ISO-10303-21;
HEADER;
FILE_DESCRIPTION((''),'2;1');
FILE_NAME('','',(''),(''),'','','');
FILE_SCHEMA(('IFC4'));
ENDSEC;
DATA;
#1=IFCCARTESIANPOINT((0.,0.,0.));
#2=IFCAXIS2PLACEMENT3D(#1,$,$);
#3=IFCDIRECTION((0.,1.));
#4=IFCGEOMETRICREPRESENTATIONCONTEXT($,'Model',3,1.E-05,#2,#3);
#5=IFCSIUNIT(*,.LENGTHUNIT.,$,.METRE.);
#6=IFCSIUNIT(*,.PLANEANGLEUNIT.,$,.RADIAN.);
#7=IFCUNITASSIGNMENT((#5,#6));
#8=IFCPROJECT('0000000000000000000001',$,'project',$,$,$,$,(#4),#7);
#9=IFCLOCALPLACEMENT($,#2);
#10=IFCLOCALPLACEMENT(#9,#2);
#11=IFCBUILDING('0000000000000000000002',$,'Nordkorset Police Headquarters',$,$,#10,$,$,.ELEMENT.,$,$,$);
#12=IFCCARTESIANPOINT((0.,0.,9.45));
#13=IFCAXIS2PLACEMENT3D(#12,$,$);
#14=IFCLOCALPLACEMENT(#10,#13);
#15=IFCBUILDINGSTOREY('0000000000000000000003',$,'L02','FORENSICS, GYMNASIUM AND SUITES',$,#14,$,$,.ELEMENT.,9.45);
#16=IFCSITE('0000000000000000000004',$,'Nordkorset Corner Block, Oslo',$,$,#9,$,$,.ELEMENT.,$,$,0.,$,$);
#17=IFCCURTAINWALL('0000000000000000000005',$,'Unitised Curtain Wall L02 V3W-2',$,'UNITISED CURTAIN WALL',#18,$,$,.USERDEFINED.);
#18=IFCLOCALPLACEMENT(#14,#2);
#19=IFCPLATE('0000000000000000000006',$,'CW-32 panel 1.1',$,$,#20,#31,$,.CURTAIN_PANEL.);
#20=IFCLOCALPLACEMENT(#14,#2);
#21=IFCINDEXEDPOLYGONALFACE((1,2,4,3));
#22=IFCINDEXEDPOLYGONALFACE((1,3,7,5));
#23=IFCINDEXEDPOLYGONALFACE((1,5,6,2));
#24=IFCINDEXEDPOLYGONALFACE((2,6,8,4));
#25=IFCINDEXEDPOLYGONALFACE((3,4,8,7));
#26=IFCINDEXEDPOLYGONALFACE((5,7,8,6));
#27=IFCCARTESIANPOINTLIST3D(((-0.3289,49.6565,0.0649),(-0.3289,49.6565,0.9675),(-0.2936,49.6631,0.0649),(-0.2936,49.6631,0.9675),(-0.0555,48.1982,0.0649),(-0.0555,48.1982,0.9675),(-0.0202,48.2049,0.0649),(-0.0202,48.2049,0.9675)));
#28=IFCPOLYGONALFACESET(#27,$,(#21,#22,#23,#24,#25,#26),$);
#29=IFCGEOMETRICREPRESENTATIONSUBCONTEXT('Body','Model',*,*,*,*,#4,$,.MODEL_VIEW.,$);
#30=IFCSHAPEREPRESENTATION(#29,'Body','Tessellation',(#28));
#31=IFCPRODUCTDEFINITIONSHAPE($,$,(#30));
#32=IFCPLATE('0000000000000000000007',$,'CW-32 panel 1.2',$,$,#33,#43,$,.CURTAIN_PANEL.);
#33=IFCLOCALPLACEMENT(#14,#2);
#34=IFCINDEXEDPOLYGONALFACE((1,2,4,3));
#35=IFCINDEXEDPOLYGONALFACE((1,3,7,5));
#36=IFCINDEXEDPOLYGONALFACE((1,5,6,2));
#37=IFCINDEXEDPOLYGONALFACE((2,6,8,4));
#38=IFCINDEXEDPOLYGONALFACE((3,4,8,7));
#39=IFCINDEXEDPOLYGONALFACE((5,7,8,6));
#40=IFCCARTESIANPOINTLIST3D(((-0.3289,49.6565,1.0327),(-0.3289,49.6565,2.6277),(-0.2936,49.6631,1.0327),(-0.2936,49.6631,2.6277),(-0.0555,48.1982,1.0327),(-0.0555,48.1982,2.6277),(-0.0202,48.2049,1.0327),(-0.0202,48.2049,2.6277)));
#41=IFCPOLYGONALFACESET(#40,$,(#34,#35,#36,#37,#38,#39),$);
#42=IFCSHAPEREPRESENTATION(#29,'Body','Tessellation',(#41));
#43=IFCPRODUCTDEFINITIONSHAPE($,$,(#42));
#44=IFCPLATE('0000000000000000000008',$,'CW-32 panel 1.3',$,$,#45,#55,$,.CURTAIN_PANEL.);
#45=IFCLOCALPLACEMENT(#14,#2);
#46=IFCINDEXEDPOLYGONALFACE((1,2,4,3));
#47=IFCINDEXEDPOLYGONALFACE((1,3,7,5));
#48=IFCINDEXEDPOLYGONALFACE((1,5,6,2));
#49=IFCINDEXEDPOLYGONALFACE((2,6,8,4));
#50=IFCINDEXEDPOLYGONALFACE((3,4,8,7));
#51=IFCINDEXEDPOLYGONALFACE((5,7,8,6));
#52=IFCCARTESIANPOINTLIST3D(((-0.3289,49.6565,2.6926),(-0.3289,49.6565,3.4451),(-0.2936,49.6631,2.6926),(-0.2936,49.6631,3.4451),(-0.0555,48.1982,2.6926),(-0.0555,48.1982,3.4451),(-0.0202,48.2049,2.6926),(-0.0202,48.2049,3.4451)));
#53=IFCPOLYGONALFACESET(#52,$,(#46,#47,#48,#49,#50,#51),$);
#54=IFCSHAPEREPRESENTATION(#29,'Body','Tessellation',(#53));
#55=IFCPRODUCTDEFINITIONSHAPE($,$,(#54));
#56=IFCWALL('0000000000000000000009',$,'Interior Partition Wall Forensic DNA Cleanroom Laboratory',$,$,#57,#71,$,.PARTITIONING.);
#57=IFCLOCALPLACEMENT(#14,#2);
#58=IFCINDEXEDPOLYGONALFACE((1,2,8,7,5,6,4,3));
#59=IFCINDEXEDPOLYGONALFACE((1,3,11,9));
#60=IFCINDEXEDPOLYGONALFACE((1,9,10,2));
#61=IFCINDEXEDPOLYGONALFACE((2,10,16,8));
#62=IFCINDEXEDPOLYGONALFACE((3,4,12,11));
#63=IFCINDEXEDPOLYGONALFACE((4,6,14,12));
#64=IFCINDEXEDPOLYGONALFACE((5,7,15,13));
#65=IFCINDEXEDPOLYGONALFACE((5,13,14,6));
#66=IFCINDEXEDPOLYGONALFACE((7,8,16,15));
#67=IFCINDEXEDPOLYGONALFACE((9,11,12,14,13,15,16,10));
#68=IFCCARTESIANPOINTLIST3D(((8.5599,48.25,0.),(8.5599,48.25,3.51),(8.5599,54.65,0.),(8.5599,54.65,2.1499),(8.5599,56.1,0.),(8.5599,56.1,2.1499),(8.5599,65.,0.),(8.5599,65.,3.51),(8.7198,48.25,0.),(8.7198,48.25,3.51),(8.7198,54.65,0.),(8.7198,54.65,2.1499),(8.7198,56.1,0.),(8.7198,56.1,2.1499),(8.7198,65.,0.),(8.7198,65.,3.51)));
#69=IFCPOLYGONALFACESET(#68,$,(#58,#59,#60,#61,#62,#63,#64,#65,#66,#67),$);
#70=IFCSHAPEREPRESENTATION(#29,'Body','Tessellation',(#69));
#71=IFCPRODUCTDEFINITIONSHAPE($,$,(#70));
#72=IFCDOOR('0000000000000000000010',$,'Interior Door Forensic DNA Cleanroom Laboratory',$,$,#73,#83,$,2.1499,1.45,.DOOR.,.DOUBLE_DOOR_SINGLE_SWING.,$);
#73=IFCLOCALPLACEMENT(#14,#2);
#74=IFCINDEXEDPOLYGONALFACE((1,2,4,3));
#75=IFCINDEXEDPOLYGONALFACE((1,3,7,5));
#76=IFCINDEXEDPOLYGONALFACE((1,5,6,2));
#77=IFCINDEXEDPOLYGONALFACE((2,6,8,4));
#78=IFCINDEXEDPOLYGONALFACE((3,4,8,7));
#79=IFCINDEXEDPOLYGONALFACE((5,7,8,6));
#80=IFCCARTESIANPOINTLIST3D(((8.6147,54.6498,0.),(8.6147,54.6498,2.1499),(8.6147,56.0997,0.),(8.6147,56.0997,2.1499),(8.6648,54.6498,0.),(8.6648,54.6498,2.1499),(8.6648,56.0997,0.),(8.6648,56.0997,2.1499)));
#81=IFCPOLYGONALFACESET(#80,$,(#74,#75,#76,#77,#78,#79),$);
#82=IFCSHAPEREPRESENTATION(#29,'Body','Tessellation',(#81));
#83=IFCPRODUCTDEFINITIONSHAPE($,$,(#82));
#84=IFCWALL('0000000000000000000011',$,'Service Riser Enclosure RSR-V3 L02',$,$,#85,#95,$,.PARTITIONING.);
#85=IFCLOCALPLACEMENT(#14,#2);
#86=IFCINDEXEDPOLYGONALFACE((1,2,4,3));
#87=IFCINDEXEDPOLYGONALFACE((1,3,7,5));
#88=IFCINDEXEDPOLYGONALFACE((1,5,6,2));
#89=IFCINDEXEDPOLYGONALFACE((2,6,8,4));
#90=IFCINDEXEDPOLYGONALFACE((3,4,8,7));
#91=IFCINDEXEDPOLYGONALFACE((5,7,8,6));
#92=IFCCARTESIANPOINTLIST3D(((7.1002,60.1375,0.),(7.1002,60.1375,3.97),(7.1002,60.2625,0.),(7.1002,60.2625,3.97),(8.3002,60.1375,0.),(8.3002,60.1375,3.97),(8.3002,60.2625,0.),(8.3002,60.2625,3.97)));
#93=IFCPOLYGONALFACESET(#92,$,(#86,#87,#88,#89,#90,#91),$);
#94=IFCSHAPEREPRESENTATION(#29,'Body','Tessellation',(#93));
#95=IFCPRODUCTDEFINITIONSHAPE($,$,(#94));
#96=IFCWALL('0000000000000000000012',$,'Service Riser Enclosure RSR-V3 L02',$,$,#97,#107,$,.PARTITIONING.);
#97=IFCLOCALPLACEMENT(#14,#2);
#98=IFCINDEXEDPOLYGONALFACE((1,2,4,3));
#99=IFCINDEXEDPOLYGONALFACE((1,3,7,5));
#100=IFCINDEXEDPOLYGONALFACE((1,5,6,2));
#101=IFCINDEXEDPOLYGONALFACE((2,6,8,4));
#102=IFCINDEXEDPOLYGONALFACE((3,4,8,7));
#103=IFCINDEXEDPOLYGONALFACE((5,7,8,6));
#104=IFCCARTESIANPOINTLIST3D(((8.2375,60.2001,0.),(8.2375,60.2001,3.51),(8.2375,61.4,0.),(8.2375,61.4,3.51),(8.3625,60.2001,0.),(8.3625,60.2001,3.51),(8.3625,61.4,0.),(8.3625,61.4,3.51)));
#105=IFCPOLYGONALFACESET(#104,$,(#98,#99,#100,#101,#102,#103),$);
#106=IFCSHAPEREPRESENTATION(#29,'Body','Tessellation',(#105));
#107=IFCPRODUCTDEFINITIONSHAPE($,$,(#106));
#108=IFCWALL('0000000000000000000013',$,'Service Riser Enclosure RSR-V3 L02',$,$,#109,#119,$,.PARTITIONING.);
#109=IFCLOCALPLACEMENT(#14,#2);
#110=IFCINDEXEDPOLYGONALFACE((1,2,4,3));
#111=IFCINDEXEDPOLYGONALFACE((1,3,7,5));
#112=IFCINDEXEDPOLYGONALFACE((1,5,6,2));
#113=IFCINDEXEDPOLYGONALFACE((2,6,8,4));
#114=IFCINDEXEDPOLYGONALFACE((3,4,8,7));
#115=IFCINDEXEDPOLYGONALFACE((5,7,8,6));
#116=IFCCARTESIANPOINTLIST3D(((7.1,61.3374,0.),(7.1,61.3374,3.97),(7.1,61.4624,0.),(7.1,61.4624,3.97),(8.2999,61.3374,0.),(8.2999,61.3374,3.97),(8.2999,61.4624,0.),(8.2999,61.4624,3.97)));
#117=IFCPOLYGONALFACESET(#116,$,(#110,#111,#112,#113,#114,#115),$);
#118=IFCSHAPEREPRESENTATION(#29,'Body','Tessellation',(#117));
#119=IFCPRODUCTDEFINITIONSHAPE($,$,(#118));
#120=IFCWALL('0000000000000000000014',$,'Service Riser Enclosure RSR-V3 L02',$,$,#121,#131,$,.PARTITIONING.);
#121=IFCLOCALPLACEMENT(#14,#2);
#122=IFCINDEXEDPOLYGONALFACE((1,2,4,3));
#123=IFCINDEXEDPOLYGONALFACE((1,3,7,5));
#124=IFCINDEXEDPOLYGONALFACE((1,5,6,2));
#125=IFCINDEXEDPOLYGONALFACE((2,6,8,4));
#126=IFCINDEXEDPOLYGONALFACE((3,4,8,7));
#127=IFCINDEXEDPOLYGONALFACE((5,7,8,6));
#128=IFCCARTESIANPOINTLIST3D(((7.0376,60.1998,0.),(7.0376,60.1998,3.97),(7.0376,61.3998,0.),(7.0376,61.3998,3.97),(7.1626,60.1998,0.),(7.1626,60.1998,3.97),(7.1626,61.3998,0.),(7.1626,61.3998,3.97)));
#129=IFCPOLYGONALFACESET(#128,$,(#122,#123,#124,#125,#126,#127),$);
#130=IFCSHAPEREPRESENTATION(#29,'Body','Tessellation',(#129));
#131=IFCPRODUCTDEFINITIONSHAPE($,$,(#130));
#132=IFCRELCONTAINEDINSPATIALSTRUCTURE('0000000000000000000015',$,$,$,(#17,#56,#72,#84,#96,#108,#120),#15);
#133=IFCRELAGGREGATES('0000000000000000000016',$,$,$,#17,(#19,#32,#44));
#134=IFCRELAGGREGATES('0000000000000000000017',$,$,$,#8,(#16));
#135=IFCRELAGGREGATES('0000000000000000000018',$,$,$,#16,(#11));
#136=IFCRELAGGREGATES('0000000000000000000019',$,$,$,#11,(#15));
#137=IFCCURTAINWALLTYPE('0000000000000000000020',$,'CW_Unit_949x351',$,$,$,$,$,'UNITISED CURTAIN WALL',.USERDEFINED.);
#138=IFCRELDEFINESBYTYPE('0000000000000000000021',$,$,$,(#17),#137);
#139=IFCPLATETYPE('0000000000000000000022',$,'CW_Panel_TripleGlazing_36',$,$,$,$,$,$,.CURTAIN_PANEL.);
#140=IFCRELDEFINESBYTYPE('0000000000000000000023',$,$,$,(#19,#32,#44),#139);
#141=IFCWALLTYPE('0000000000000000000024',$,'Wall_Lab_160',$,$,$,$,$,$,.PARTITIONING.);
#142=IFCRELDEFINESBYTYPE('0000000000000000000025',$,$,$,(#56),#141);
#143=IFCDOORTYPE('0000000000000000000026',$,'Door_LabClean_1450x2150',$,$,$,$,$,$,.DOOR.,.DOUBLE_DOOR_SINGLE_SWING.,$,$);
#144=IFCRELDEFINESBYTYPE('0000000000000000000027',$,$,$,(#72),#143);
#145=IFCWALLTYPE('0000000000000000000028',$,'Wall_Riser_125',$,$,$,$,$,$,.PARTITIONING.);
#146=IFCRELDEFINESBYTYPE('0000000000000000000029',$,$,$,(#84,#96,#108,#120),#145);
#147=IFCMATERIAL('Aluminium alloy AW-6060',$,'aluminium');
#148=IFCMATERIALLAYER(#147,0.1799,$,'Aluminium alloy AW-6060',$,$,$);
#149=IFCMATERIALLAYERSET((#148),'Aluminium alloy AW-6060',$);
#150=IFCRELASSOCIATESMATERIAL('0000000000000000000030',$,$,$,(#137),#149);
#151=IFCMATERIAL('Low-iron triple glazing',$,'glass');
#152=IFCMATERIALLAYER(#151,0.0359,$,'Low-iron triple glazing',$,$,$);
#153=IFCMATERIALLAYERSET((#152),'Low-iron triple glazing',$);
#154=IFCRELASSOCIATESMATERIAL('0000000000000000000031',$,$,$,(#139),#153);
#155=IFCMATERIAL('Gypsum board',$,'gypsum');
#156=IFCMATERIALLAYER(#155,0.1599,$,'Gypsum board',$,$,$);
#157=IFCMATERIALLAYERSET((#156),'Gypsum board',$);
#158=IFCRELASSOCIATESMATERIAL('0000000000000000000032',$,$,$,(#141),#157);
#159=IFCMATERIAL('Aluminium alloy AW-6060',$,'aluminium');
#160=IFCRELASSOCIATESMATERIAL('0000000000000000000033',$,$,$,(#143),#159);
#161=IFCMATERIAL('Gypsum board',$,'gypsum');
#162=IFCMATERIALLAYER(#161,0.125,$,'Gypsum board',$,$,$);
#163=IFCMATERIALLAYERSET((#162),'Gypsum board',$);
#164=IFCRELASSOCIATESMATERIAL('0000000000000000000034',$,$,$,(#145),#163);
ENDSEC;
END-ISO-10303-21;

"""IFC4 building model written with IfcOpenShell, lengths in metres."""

from ifc_helpers import new_model, si_unit, direction, frame, frame_2d, origin, origin_2d, place, context, subcontext, project, spatial, rectangle, extrude, material, layer, layer_set, type_object, element, fill, aggregate, save


model = new_model("IFC4")

# Units and contexts
model_context = context("Model", 3, precision=1e-05, world=origin(), true_north=direction((0.0, 1.0)))
body_context = subcontext(model_context, "Body", "Model", "MODEL_VIEW")
ifc_project = project(units=[si_unit("LENGTHUNIT", "METRE"), si_unit("PLANEANGLEUNIT", "RADIAN")], contexts=[model_context])

# Site, building, storey
site_placement = place(None, origin())
site = spatial("IfcSite", under=ifc_project, at=site_placement, Name="Nordkorset Corner Block, Oslo", CompositionType="ELEMENT", RefElevation=0.0)
building_placement = place(site_placement, origin())
building = spatial("IfcBuilding", under=site, at=building_placement, Name="Nordkorset Police Headquarters", CompositionType="ELEMENT")
storey_placement = place(building_placement, frame((0.0, 0.0, 9.45)))
storey = spatial("IfcBuildingStorey", under=building, at=storey_placement, Name="L02", Description="FORENSICS, GYMNASIUM AND SUITES", CompositionType="ELEMENT", Elevation=9.45)

# Curtain wall, plates
ifc_material_1 = material(Name="Aluminium alloy AW-6060", Category="aluminium")
ifc_layer_1 = layer(ifc_material_1, 0.1799, Name="Aluminium alloy AW-6060")
ifc_layer_set_1 = layer_set([ifc_layer_1], Name="Aluminium alloy AW-6060")
curtain_wall_type = type_object("IfcCurtainWallType", Name="CW_Unit_949x351", ElementType="UNITISED CURTAIN WALL", PredefinedType="USERDEFINED", material=ifc_layer_set_1)
curtain_wall_placement = place(storey_placement, origin())
curtain_wall = element("IfcCurtainWall", 1, at=curtain_wall_placement, inside=storey, type_object=curtain_wall_type, Name="Unitised Curtain Wall L02 V3W-2", ObjectType="UNITISED CURTAIN WALL", PredefinedType="USERDEFINED")
ifc_material_2 = material(Name="Low-iron triple glazing", Category="glass")
ifc_layer_2 = layer(ifc_material_2, 0.0359, Name="Low-iron triple glazing")
ifc_layer_set_2 = layer_set([ifc_layer_2], Name="Low-iron triple glazing")
plate_type = type_object("IfcPlateType", Name="CW_Panel_TripleGlazing_36", PredefinedType="CURTAIN_PANEL", material=ifc_layer_set_2)
plate_1_placement = place(storey_placement, frame((-0.1746, 48.9307, 0.0649), z_axis=(0.0, 0.0, 1.0), x_axis=(-0.184289, 0.982872, 0.0)))
plate_1 = element("IfcPlate", 2, at=plate_1_placement, type_object=plate_type, Name="CW-32 panel 1.1", PredefinedType="CURTAIN_PANEL", context=body_context, shape_type="SweptSolid", body=[
    extrude(rectangle(XDim=1.4836, YDim=0.0359, at=origin_2d()), origin(), (0.0, 0.0, 1.0), 0.9026),
])
plate_2_placement = place(storey_placement, frame((-0.1746, 48.9307, 1.0327), z_axis=(0.0, 0.0, 1.0), x_axis=(-0.184289, 0.982872, 0.0)))
plate_2 = element("IfcPlate", 3, at=plate_2_placement, type_object=plate_type, Name="CW-32 panel 1.2", PredefinedType="CURTAIN_PANEL", context=body_context, shape_type="SweptSolid", body=[
    extrude(rectangle(XDim=1.4836, YDim=0.0359, at=origin_2d()), origin(), (0.0, 0.0, 1.0), 1.595),
])
plate_3_placement = place(storey_placement, frame((-0.1746, 48.9307, 2.6926), z_axis=(0.0, 0.0, 1.0), x_axis=(-0.184289, 0.982872, 0.0)))
plate_3 = element("IfcPlate", 4, at=plate_3_placement, type_object=plate_type, Name="CW-32 panel 1.3", PredefinedType="CURTAIN_PANEL", context=body_context, shape_type="SweptSolid", body=[
    extrude(rectangle(XDim=1.4836, YDim=0.0359, at=origin_2d()), origin(), (0.0, 0.0, 1.0), 0.7524),
])
aggregate(curtain_wall, [plate_1, plate_2, plate_3])

# Wall, opening, door
ifc_material_3 = material(Name="Gypsum board", Category="gypsum")
ifc_layer_3 = layer(ifc_material_3, 0.1599, Name="Gypsum board")
ifc_layer_set_3 = layer_set([ifc_layer_3], Name="Gypsum board")
wall_type_1 = type_object("IfcWallType", Name="Wall_Lab_160", PredefinedType="PARTITIONING", material=ifc_layer_set_3)
wall_1_placement = place(storey_placement, frame((8.6399, 48.25, 0.0), z_axis=(0.0, 0.0, 1.0), x_axis=(0.0, 1.0, 0.0)))
wall_1 = element("IfcWall", 5, at=wall_1_placement, inside=storey, type_object=wall_type_1, Name="Interior Partition Wall Forensic DNA Cleanroom Laboratory", PredefinedType="PARTITIONING", context=body_context, shape_type="SweptSolid", body=[
    extrude(rectangle(XDim=16.75, YDim=0.1599, at=frame_2d((8.375, 0.0))), origin(), (0.0, 0.0, 1.0), 3.51),
])
opening_placement = place(wall_1_placement, frame((6.3999, 0.0, 0.0)))
opening = element("IfcOpeningElement", 6, at=opening_placement, cuts=wall_1, PredefinedType="OPENING", context=body_context, shape_type="SweptSolid", body=[
    extrude(rectangle(XDim=1.45, YDim=2.1499, at=frame_2d((0.7251, 1.075))), frame((0.0, 0.0898, 0.0), z_axis=(0.0, -1.0, 0.0), x_axis=(1.0, 0.0, 0.0)), (0.0, 0.0, 1.0), 0.1799),
])
ifc_material_4 = material(Name="Aluminium alloy AW-6060", Category="aluminium")
door_type = type_object("IfcDoorType", Name="Door_LabClean_1450x2150", OperationType="DOUBLE_DOOR_SINGLE_SWING", PredefinedType="DOOR", material=ifc_material_4)
door_placement = place(opening_placement, frame((1.45, 0.0, 0.0), z_axis=(0.0, 0.0, 1.0), x_axis=(-1.0, 0.0, 0.0)))
door = element("IfcDoor", 7, at=door_placement, inside=storey, type_object=door_type, Name="Interior Door Forensic DNA Cleanroom Laboratory", OperationType="DOUBLE_DOOR_SINGLE_SWING", OverallHeight=2.1499, OverallWidth=1.45, PredefinedType="DOOR", context=body_context, shape_type="SweptSolid", body=[
    extrude(rectangle(XDim=1.45, YDim=2.1499, at=frame_2d((0.7251, 1.075))), frame((0.0, 0.0249, 0.0), z_axis=(0.0, -1.0, 0.0), x_axis=(1.0, 0.0, 0.0)), (0.0, 0.0, 1.0), 0.05),
])
fill(opening, door)

# Walls
ifc_material_5 = material(Name="Gypsum board", Category="gypsum")
ifc_layer_4 = layer(ifc_material_5, 0.125, Name="Gypsum board")
ifc_layer_set_4 = layer_set([ifc_layer_4], Name="Gypsum board")
wall_type_2 = type_object("IfcWallType", Name="Wall_Riser_125", PredefinedType="PARTITIONING", material=ifc_layer_set_4)
wall_2_placement = place(storey_placement, frame((7.1001, 60.2, 0.0), z_axis=(0.0, 0.0, 1.0), x_axis=(1.0, 0.0, 0.0)))
element("IfcWall", 8, at=wall_2_placement, inside=storey, type_object=wall_type_2, Name="Service Riser Enclosure RSR-V3 L02", PredefinedType="PARTITIONING", context=body_context, shape_type="SweptSolid", body=[
    extrude(rectangle(XDim=1.2, YDim=0.125, at=frame_2d((0.6001, 0.0))), origin(), (0.0, 0.0, 1.0), 3.97),
])
wall_3_placement = place(storey_placement, frame((8.3, 60.2, 0.0), z_axis=(0.0, 0.0, 1.0), x_axis=(0.0, 1.0, 0.0)))
element("IfcWall", 9, at=wall_3_placement, inside=storey, type_object=wall_type_2, Name="Service Riser Enclosure RSR-V3 L02", PredefinedType="PARTITIONING", context=body_context, shape_type="SweptSolid", body=[
    extrude(rectangle(XDim=1.2, YDim=0.125, at=frame_2d((0.6001, 0.0))), origin(), (0.0, 0.0, 1.0), 3.51),
])
for number, where, z_axis, x_axis, name in (
    (10, (8.3, 61.3999, 0.0), (0.0, 0.0, 1.0), (-1.0, 0.0, 0.0), "Service Riser Enclosure RSR-V3 L02"),
    (11, (7.1001, 61.3999, 0.0), (0.0, 0.0, 1.0), (0.0, -1.0, 0.0), "Service Riser Enclosure RSR-V3 L02"),
):
    element("IfcWall", number, at=place(storey_placement, frame(where, z_axis=z_axis, x_axis=x_axis)), inside=storey, type_object=wall_type_2, Name=name, PredefinedType="PARTITIONING", context=body_context, shape_type="SweptSolid", body=[
        extrude(rectangle(XDim=1.2, YDim=0.125, at=frame_2d((0.6001, 0.0))), origin(), (0.0, 0.0, 1.0), 3.97),
    ])

save(model, "model.ifc")
